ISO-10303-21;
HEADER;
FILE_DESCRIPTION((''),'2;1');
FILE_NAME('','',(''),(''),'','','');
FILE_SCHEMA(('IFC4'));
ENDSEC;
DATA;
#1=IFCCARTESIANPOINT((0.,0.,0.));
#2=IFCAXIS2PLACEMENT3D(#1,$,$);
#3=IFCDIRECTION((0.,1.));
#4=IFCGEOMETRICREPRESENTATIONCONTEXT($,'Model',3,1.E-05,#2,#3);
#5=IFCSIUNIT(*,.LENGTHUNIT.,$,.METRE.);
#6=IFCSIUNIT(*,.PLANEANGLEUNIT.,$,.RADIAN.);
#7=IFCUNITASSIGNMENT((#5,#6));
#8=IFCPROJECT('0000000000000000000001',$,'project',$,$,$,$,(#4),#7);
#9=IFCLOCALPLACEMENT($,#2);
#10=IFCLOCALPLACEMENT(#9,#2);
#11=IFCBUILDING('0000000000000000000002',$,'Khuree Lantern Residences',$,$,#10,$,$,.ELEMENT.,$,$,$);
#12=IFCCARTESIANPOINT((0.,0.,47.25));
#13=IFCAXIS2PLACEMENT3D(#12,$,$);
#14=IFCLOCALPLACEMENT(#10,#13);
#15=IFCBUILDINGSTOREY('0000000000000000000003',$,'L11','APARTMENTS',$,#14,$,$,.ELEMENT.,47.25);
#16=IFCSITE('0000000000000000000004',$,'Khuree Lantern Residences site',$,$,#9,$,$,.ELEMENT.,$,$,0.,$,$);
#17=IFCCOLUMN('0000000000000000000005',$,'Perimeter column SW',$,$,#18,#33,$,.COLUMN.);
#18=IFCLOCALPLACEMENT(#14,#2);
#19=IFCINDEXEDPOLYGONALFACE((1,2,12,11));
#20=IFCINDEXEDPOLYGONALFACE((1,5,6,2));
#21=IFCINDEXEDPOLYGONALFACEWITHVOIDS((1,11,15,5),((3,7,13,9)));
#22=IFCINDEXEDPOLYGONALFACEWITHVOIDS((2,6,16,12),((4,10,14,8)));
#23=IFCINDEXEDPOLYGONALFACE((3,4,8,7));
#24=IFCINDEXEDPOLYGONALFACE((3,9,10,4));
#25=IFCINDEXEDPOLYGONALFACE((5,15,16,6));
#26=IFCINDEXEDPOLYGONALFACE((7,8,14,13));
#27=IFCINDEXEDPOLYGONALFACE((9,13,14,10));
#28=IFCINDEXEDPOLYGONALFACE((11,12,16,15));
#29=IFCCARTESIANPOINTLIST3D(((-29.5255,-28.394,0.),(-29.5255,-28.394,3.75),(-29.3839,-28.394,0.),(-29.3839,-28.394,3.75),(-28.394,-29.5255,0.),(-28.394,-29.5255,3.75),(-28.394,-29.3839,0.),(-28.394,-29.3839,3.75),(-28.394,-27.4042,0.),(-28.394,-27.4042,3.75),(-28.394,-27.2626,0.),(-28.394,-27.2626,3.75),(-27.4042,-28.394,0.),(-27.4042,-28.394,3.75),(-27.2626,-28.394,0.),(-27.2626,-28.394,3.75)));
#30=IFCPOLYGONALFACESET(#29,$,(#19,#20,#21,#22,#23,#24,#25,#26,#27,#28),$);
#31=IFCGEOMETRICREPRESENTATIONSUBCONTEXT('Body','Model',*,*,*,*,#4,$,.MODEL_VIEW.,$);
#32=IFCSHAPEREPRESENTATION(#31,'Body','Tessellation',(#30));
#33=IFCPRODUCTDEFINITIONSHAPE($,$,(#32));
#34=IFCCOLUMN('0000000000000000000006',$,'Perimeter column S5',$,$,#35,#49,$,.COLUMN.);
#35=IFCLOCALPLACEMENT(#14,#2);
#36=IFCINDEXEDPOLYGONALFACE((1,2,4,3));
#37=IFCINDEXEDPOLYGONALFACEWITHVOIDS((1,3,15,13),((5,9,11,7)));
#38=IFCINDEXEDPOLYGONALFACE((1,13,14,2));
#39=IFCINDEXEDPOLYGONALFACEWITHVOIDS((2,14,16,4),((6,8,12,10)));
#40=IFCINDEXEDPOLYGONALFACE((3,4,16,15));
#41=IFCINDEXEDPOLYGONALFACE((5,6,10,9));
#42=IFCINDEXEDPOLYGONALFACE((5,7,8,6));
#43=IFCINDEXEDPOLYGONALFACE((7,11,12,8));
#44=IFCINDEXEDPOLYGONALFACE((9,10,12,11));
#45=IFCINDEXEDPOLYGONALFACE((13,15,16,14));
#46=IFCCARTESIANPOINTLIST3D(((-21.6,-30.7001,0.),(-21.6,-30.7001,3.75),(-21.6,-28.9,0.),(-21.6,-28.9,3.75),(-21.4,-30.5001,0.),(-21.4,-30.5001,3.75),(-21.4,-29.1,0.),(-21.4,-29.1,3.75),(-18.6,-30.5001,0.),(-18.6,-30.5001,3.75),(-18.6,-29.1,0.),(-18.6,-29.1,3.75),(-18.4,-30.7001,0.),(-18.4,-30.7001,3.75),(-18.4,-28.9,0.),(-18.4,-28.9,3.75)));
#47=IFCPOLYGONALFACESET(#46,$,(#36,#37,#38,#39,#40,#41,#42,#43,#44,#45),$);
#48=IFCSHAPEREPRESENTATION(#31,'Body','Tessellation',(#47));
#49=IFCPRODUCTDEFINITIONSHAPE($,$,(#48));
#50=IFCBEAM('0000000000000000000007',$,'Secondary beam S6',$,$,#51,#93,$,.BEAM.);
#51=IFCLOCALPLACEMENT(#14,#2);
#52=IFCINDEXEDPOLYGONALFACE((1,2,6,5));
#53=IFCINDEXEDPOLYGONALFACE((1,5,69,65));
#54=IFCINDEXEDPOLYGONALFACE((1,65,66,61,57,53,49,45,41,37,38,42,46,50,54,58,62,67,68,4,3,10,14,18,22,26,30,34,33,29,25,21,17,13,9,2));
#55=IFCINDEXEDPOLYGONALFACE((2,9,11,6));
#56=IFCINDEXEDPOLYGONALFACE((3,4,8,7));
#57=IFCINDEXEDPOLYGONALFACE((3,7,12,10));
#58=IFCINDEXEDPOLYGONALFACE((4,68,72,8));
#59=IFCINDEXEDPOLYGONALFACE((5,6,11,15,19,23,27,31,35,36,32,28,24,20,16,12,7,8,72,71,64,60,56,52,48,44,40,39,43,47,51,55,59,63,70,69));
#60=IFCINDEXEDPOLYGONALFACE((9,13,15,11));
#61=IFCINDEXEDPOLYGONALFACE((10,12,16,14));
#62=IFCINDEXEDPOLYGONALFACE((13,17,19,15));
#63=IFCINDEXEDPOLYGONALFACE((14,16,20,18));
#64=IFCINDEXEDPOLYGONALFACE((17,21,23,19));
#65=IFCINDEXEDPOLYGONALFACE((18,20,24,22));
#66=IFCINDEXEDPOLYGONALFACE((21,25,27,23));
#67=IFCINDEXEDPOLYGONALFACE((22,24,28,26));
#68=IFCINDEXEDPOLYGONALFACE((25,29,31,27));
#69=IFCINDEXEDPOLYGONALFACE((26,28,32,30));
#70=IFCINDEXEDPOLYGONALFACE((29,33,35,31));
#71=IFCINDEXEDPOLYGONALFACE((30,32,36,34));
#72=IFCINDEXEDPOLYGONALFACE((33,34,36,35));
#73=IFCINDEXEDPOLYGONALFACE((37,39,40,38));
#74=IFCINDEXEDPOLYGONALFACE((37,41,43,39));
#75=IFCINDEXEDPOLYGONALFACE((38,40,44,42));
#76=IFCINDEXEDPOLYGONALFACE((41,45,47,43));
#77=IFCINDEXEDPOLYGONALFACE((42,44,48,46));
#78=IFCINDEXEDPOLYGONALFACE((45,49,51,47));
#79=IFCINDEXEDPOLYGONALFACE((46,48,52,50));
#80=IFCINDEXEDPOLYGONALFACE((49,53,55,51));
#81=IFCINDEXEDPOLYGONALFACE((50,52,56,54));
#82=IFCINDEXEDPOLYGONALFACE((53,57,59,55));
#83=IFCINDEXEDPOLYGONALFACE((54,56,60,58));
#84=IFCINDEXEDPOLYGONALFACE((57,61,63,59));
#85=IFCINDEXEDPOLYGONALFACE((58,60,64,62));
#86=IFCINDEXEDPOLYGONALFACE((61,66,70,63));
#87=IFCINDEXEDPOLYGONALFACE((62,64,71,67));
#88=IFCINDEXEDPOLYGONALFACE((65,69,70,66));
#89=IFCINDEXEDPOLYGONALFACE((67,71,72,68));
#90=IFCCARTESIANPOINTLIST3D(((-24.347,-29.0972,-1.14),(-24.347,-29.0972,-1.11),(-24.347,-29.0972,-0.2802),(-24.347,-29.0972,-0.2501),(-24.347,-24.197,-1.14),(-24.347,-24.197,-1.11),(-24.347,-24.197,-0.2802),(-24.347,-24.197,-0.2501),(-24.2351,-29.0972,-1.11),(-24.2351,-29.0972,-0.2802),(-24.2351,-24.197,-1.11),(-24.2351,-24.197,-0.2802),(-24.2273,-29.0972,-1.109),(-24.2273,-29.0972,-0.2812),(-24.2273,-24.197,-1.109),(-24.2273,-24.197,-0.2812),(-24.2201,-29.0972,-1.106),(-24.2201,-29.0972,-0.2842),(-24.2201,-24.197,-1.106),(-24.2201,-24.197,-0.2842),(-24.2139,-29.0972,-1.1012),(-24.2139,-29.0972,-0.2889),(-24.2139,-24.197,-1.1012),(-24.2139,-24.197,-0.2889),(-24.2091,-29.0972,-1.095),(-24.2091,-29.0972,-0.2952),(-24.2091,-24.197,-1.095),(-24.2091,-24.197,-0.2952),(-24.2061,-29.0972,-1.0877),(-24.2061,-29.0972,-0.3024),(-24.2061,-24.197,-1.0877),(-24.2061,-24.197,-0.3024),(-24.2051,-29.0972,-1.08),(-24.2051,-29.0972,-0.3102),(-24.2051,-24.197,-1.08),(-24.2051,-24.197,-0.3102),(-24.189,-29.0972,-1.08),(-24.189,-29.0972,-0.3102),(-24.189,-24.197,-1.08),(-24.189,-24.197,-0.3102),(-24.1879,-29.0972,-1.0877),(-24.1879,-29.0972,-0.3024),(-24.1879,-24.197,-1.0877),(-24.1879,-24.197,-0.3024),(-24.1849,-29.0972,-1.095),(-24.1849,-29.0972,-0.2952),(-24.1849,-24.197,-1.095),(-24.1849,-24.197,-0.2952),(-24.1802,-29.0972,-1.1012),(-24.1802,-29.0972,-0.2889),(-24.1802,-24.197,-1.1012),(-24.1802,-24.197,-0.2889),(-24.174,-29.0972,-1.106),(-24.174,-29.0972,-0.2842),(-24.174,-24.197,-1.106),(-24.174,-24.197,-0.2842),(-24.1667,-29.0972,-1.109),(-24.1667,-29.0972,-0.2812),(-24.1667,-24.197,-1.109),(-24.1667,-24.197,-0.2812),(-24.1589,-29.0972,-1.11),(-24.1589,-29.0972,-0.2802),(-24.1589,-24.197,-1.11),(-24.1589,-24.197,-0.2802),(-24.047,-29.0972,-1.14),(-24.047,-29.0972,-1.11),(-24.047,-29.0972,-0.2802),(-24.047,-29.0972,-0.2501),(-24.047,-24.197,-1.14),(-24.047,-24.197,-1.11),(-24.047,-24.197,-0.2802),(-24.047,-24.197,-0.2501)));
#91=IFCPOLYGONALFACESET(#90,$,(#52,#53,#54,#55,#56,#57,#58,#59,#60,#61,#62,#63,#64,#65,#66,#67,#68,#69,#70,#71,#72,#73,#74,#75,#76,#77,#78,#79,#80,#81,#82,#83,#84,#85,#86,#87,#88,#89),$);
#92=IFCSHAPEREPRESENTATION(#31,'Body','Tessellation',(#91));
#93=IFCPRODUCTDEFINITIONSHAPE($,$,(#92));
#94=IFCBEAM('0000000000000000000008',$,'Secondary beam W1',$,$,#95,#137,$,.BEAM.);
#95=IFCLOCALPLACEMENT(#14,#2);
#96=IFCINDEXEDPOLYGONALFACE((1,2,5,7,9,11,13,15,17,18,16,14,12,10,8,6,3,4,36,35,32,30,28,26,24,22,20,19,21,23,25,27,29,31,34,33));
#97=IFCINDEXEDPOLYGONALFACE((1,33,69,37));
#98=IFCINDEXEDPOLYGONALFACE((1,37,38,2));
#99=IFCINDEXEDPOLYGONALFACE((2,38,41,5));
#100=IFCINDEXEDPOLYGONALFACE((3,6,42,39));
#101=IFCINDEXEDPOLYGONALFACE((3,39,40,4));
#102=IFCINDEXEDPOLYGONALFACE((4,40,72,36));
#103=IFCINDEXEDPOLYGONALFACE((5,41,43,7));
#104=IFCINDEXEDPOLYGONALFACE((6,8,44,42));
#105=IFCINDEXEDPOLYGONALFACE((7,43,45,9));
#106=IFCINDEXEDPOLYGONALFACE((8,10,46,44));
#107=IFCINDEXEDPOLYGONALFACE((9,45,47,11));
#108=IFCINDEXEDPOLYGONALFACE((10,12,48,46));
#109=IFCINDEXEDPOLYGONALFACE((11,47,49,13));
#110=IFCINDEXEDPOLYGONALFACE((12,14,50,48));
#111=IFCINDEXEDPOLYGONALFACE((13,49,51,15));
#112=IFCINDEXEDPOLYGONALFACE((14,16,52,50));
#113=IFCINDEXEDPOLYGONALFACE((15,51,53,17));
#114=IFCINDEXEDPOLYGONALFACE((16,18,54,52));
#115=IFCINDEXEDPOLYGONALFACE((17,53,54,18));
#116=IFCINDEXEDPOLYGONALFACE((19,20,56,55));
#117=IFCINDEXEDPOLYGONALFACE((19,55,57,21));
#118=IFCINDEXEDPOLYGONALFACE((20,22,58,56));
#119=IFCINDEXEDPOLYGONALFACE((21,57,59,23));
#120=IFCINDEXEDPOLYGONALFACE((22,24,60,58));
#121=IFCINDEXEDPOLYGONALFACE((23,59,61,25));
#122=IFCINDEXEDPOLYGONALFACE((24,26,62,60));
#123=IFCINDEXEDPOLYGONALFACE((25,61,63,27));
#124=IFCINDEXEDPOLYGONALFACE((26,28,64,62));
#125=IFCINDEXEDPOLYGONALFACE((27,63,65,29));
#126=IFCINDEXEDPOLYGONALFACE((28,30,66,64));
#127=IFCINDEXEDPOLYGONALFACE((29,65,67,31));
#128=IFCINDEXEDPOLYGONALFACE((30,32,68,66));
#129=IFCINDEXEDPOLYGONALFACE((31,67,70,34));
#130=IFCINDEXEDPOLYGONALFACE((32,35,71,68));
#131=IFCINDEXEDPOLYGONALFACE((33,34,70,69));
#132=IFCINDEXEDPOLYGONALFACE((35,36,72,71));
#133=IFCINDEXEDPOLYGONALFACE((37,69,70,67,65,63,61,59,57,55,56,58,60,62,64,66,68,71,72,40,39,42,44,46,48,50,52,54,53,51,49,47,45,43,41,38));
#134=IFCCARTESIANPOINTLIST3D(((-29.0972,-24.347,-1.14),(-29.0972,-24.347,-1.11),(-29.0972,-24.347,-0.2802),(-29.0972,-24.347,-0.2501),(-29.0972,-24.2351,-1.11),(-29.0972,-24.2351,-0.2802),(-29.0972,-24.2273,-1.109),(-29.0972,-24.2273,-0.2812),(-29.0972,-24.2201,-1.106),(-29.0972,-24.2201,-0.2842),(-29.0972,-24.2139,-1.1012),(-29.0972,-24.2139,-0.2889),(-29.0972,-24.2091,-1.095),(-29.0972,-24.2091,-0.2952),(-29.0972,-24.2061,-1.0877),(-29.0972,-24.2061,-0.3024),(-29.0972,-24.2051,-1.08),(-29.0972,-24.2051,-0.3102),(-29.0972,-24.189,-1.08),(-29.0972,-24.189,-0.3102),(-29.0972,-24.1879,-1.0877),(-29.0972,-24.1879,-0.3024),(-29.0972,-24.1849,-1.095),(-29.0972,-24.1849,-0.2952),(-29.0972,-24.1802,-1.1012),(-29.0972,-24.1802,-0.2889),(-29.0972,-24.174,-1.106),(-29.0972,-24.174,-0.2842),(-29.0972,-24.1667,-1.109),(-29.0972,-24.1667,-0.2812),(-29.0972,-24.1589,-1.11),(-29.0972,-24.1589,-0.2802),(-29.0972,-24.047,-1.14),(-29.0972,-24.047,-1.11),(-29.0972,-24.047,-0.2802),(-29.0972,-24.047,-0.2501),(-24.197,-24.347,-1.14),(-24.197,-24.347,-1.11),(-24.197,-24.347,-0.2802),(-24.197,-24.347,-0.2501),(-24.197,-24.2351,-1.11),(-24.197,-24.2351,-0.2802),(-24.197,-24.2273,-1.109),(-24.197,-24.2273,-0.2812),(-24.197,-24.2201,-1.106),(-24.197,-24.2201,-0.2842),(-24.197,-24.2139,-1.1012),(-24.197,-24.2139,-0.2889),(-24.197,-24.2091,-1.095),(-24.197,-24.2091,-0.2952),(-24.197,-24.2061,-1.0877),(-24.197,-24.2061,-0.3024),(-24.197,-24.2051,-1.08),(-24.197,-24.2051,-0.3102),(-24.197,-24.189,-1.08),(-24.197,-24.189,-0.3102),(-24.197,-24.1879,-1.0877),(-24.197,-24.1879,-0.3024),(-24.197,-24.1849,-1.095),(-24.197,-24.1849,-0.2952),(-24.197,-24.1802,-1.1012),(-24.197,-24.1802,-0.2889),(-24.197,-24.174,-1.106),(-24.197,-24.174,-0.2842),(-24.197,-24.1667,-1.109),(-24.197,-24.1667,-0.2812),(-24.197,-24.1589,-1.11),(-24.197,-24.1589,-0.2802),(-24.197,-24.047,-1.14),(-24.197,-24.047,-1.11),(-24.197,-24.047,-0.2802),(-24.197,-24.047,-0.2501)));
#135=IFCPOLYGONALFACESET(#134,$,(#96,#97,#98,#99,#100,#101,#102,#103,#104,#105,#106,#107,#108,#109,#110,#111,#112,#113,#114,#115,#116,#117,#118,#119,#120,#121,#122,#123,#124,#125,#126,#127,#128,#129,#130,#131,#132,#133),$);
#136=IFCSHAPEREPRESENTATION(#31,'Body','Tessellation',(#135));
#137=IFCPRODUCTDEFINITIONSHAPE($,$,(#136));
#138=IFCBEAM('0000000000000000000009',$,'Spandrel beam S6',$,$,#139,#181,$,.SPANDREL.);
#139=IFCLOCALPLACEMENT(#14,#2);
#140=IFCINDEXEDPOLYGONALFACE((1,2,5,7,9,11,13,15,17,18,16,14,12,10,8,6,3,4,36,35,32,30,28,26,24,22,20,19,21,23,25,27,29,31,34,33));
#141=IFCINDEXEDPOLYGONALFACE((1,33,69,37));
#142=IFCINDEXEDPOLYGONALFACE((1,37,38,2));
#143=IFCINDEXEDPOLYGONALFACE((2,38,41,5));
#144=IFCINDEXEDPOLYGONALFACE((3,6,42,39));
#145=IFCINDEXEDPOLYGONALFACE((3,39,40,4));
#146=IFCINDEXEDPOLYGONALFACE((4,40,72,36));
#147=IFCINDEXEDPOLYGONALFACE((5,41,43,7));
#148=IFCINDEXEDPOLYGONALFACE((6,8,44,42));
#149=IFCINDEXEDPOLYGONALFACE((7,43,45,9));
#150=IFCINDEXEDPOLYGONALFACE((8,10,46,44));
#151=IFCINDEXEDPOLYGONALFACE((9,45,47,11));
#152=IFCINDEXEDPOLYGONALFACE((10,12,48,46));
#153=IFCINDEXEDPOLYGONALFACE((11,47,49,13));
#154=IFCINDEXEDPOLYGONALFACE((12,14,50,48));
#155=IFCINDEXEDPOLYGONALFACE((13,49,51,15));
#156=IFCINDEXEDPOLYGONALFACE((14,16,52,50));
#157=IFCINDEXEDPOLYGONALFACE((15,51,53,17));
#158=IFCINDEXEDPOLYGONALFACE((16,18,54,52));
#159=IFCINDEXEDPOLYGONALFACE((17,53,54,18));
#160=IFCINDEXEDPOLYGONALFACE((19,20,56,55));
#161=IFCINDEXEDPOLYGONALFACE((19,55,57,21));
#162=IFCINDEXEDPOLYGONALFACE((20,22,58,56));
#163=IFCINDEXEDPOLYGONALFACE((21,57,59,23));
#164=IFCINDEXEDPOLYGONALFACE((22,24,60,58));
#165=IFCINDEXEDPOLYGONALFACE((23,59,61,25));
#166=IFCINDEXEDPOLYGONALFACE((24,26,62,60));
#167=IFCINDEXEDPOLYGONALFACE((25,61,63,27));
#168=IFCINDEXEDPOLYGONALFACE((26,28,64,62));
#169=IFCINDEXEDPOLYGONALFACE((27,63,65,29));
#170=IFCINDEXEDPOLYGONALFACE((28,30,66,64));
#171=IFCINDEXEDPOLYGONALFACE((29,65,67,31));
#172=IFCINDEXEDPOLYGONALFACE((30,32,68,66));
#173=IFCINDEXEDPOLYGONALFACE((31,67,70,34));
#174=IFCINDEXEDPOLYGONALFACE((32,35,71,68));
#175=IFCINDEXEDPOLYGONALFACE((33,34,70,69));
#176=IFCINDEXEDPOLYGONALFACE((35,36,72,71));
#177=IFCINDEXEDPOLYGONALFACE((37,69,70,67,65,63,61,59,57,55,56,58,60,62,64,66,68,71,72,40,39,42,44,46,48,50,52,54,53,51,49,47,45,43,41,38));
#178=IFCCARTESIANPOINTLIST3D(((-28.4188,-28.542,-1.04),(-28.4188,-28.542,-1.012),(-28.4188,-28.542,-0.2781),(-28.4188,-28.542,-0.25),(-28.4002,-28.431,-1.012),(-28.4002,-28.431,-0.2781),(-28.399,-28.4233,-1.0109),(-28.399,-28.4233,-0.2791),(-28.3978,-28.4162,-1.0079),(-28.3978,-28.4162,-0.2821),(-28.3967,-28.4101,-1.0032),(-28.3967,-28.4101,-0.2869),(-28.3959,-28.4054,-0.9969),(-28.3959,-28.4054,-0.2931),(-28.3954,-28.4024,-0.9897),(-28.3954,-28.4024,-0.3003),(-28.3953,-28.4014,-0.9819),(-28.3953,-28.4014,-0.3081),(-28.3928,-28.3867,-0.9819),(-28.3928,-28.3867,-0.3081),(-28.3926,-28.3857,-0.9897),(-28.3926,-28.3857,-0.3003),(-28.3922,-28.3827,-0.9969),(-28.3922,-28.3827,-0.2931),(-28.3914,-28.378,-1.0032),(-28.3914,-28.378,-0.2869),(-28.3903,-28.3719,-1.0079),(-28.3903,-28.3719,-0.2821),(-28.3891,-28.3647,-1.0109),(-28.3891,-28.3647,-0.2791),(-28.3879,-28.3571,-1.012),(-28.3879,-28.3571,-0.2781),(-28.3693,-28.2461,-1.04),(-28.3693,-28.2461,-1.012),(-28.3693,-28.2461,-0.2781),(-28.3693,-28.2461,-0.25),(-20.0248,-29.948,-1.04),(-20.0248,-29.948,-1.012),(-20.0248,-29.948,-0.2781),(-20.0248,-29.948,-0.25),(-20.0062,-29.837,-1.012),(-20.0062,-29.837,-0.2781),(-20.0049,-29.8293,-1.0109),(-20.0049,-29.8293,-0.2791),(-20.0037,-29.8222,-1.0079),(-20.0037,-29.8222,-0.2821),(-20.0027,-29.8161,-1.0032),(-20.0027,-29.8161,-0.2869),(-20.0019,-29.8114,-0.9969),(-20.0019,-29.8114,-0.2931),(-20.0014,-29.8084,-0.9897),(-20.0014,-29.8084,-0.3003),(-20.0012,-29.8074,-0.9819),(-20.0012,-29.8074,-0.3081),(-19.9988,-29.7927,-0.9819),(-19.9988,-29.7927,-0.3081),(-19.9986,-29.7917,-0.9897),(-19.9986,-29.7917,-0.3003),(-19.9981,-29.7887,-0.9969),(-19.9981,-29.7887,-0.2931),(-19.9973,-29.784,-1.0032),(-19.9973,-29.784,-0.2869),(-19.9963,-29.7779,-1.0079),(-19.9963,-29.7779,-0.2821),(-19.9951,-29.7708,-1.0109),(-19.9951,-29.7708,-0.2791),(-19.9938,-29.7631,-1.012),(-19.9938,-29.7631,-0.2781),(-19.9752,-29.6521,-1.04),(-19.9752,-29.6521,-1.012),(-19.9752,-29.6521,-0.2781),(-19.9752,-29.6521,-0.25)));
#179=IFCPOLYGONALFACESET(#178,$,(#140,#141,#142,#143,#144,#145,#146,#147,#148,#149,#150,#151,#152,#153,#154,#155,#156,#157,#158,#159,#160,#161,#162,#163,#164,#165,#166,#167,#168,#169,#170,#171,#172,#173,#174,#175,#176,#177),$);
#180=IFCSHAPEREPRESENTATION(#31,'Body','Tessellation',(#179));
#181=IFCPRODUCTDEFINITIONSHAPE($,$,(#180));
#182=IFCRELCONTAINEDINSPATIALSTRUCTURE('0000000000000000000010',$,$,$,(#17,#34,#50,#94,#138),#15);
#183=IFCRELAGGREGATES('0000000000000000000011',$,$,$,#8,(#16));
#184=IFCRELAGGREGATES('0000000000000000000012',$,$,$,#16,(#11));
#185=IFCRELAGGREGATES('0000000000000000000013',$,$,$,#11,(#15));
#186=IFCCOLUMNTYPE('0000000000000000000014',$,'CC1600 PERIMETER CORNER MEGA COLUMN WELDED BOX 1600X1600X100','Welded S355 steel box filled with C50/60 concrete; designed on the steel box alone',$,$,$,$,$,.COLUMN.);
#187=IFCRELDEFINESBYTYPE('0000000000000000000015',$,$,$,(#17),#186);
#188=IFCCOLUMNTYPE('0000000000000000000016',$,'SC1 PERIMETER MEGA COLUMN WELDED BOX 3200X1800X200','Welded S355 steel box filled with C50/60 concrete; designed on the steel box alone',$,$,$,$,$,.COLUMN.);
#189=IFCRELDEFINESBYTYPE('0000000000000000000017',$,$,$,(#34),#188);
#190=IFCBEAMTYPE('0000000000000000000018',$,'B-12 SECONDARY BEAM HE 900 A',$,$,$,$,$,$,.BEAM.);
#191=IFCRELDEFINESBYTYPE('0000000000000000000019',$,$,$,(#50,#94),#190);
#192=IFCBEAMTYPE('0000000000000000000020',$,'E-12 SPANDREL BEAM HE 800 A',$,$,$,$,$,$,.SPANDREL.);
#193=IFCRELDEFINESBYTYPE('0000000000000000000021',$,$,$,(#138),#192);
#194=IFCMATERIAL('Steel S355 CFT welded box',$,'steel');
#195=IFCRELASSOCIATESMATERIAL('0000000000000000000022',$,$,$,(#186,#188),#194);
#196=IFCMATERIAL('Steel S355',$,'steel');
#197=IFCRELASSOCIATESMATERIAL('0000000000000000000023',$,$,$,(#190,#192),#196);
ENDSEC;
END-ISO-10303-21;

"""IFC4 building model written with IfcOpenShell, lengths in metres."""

from ifc_helpers import new_model, si_unit, direction, frame, origin, origin_2d, place, context, subcontext, project, spatial, hollow_rectangle, i_section, extrude, material, material_profile, profile_set, type_object, element, save


model = new_model("IFC4")

# Units and contexts
model_context = context("Model", 3, precision=1e-05, world=origin(), true_north=direction((0.0, 1.0)))
body_context = subcontext(model_context, "Body", "Model", "MODEL_VIEW")
ifc_project = project(units=[si_unit("LENGTHUNIT", "METRE"), si_unit("PLANEANGLEUNIT", "RADIAN")], contexts=[model_context])

# Site, building, storey
site_placement = place(None, origin())
site = spatial("IfcSite", under=ifc_project, at=site_placement, Name="Khuree Lantern Residences site", CompositionType="ELEMENT", RefElevation=0.0)
building_placement = place(site_placement, origin())
building = spatial("IfcBuilding", under=site, at=building_placement, Name="Khuree Lantern Residences", CompositionType="ELEMENT")
storey_placement = place(building_placement, frame((0.0, 0.0, 47.25)))
storey = spatial("IfcBuildingStorey", under=building, at=storey_placement, Name="L11", Description="APARTMENTS", CompositionType="ELEMENT", Elevation=47.25)

# Columns
ifc_material_1 = material(Name="Steel S355 CFT welded box", Category="steel")
ifc_material_profile_1 = material_profile(ifc_material_1, hollow_rectangle(XDim=1.6001, YDim=1.6001, WallThickness=0.1001, at=origin_2d()), Name="WELDED BOX 1600X1600X100")
ifc_profile_set_1 = profile_set([ifc_material_profile_1], Name="Steel S355 CFT welded box")
column_type_1 = type_object("IfcColumnType", Name="CC1600 PERIMETER CORNER MEGA COLUMN WELDED BOX 1600X1600X100", Description="Welded S355 steel box filled with C50/60 concrete; designed on the steel box alone", PredefinedType="COLUMN", material=ifc_profile_set_1)
column_1_placement = place(storey_placement, frame((-28.394, -28.394, 0.0), z_axis=(0.0, 0.0, 1.0), x_axis=(0.707107, -0.707107, 0.0)))
element("IfcColumn", 1, at=column_1_placement, inside=storey, type_object=column_type_1, Name="Perimeter column SW", PredefinedType="COLUMN", context=body_context, shape_type="SweptSolid", body=[
    extrude(hollow_rectangle(XDim=1.6001, YDim=1.6001, WallThickness=0.1001, at=origin_2d()), origin(), (0.0, 0.0, 1.0), 3.75),
])
ifc_material_profile_2 = material_profile(ifc_material_1, hollow_rectangle(XDim=3.2, YDim=1.8, WallThickness=0.2, at=origin_2d()), Name="WELDED BOX 3200X1800X200")
ifc_profile_set_2 = profile_set([ifc_material_profile_2], Name="Steel S355 CFT welded box")
column_type_2 = type_object("IfcColumnType", Name="SC1 PERIMETER MEGA COLUMN WELDED BOX 3200X1800X200", Description="Welded S355 steel box filled with C50/60 concrete; designed on the steel box alone", PredefinedType="COLUMN", material=ifc_profile_set_2)
column_2_placement = place(storey_placement, frame((-20.0, -29.8, 0.0), z_axis=(0.0, 0.0, 1.0), x_axis=(1.0, 0.0, 0.0)))
element("IfcColumn", 2, at=column_2_placement, inside=storey, type_object=column_type_2, Name="Perimeter column S5", PredefinedType="COLUMN", context=body_context, shape_type="SweptSolid", body=[
    extrude(hollow_rectangle(XDim=3.2, YDim=1.8, WallThickness=0.2, at=origin_2d()), origin(), (0.0, 0.0, 1.0), 3.75),
])

# Beams
ifc_material_2 = material(Name="Steel S355", Category="steel")
ifc_material_profile_3 = material_profile(ifc_material_2, i_section(OverallWidth=0.3, OverallDepth=0.8899, WebThickness=0.0161, FlangeThickness=0.03, FilletRadius=0.03, at=origin_2d()), Name="HE 900 A")
ifc_profile_set_3 = profile_set([ifc_material_profile_3], Name="Steel S355")
beam_type_1 = type_object("IfcBeamType", Name="B-12 SECONDARY BEAM HE 900 A", PredefinedType="BEAM", material=ifc_profile_set_3)
for number, where, z_axis, x_axis, name in (
    (3, (-24.197, -29.0972, -0.6951), (0.0, 1.0, 0.0), (-1.0, 0.0, 0.0), "Secondary beam S6"),
    (4, (-29.0972, -24.197, -0.6951), (1.0, 0.0, 0.0), (0.0, 1.0, 0.0), "Secondary beam W1"),
):
    element("IfcBeam", number, at=place(storey_placement, frame(where, z_axis=z_axis, x_axis=x_axis)), inside=storey, type_object=beam_type_1, Name=name, PredefinedType="BEAM", context=body_context, shape_type="SweptSolid", body=[
        extrude(i_section(OverallWidth=0.3, OverallDepth=0.8899, WebThickness=0.0161, FlangeThickness=0.03, FilletRadius=0.03, at=origin_2d()), origin(), (0.0, 0.0, 1.0), 4.9001),
    ])
ifc_material_profile_4 = material_profile(ifc_material_2, i_section(OverallWidth=0.3, OverallDepth=0.79, WebThickness=0.0149, FlangeThickness=0.0281, FilletRadius=0.03, at=origin_2d()), Name="HE 800 A")
ifc_profile_set_4 = profile_set([ifc_material_profile_4], Name="Steel S355")
beam_type_2 = type_object("IfcBeamType", Name="E-12 SPANDREL BEAM HE 800 A", PredefinedType="SPANDREL", material=ifc_profile_set_4)
for number, where, z_axis, x_axis, name in (
    (5, (-20.0, -29.8, -0.645), (-0.98626, 0.165199, 0.0), (-0.165199, -0.98626, 0.0), "Spandrel beam S6"),
):
    element("IfcBeam", number, at=place(storey_placement, frame(where, z_axis=z_axis, x_axis=x_axis)), inside=storey, type_object=beam_type_2, Name=name, PredefinedType="SPANDREL", context=body_context, shape_type="SweptSolid", body=[
        extrude(i_section(OverallWidth=0.3, OverallDepth=0.79, WebThickness=0.0149, FlangeThickness=0.0281, FilletRadius=0.03, at=origin_2d()), origin(), (0.0, 0.0, 1.0), 8.511),
    ])

save(model, "model.ifc")
